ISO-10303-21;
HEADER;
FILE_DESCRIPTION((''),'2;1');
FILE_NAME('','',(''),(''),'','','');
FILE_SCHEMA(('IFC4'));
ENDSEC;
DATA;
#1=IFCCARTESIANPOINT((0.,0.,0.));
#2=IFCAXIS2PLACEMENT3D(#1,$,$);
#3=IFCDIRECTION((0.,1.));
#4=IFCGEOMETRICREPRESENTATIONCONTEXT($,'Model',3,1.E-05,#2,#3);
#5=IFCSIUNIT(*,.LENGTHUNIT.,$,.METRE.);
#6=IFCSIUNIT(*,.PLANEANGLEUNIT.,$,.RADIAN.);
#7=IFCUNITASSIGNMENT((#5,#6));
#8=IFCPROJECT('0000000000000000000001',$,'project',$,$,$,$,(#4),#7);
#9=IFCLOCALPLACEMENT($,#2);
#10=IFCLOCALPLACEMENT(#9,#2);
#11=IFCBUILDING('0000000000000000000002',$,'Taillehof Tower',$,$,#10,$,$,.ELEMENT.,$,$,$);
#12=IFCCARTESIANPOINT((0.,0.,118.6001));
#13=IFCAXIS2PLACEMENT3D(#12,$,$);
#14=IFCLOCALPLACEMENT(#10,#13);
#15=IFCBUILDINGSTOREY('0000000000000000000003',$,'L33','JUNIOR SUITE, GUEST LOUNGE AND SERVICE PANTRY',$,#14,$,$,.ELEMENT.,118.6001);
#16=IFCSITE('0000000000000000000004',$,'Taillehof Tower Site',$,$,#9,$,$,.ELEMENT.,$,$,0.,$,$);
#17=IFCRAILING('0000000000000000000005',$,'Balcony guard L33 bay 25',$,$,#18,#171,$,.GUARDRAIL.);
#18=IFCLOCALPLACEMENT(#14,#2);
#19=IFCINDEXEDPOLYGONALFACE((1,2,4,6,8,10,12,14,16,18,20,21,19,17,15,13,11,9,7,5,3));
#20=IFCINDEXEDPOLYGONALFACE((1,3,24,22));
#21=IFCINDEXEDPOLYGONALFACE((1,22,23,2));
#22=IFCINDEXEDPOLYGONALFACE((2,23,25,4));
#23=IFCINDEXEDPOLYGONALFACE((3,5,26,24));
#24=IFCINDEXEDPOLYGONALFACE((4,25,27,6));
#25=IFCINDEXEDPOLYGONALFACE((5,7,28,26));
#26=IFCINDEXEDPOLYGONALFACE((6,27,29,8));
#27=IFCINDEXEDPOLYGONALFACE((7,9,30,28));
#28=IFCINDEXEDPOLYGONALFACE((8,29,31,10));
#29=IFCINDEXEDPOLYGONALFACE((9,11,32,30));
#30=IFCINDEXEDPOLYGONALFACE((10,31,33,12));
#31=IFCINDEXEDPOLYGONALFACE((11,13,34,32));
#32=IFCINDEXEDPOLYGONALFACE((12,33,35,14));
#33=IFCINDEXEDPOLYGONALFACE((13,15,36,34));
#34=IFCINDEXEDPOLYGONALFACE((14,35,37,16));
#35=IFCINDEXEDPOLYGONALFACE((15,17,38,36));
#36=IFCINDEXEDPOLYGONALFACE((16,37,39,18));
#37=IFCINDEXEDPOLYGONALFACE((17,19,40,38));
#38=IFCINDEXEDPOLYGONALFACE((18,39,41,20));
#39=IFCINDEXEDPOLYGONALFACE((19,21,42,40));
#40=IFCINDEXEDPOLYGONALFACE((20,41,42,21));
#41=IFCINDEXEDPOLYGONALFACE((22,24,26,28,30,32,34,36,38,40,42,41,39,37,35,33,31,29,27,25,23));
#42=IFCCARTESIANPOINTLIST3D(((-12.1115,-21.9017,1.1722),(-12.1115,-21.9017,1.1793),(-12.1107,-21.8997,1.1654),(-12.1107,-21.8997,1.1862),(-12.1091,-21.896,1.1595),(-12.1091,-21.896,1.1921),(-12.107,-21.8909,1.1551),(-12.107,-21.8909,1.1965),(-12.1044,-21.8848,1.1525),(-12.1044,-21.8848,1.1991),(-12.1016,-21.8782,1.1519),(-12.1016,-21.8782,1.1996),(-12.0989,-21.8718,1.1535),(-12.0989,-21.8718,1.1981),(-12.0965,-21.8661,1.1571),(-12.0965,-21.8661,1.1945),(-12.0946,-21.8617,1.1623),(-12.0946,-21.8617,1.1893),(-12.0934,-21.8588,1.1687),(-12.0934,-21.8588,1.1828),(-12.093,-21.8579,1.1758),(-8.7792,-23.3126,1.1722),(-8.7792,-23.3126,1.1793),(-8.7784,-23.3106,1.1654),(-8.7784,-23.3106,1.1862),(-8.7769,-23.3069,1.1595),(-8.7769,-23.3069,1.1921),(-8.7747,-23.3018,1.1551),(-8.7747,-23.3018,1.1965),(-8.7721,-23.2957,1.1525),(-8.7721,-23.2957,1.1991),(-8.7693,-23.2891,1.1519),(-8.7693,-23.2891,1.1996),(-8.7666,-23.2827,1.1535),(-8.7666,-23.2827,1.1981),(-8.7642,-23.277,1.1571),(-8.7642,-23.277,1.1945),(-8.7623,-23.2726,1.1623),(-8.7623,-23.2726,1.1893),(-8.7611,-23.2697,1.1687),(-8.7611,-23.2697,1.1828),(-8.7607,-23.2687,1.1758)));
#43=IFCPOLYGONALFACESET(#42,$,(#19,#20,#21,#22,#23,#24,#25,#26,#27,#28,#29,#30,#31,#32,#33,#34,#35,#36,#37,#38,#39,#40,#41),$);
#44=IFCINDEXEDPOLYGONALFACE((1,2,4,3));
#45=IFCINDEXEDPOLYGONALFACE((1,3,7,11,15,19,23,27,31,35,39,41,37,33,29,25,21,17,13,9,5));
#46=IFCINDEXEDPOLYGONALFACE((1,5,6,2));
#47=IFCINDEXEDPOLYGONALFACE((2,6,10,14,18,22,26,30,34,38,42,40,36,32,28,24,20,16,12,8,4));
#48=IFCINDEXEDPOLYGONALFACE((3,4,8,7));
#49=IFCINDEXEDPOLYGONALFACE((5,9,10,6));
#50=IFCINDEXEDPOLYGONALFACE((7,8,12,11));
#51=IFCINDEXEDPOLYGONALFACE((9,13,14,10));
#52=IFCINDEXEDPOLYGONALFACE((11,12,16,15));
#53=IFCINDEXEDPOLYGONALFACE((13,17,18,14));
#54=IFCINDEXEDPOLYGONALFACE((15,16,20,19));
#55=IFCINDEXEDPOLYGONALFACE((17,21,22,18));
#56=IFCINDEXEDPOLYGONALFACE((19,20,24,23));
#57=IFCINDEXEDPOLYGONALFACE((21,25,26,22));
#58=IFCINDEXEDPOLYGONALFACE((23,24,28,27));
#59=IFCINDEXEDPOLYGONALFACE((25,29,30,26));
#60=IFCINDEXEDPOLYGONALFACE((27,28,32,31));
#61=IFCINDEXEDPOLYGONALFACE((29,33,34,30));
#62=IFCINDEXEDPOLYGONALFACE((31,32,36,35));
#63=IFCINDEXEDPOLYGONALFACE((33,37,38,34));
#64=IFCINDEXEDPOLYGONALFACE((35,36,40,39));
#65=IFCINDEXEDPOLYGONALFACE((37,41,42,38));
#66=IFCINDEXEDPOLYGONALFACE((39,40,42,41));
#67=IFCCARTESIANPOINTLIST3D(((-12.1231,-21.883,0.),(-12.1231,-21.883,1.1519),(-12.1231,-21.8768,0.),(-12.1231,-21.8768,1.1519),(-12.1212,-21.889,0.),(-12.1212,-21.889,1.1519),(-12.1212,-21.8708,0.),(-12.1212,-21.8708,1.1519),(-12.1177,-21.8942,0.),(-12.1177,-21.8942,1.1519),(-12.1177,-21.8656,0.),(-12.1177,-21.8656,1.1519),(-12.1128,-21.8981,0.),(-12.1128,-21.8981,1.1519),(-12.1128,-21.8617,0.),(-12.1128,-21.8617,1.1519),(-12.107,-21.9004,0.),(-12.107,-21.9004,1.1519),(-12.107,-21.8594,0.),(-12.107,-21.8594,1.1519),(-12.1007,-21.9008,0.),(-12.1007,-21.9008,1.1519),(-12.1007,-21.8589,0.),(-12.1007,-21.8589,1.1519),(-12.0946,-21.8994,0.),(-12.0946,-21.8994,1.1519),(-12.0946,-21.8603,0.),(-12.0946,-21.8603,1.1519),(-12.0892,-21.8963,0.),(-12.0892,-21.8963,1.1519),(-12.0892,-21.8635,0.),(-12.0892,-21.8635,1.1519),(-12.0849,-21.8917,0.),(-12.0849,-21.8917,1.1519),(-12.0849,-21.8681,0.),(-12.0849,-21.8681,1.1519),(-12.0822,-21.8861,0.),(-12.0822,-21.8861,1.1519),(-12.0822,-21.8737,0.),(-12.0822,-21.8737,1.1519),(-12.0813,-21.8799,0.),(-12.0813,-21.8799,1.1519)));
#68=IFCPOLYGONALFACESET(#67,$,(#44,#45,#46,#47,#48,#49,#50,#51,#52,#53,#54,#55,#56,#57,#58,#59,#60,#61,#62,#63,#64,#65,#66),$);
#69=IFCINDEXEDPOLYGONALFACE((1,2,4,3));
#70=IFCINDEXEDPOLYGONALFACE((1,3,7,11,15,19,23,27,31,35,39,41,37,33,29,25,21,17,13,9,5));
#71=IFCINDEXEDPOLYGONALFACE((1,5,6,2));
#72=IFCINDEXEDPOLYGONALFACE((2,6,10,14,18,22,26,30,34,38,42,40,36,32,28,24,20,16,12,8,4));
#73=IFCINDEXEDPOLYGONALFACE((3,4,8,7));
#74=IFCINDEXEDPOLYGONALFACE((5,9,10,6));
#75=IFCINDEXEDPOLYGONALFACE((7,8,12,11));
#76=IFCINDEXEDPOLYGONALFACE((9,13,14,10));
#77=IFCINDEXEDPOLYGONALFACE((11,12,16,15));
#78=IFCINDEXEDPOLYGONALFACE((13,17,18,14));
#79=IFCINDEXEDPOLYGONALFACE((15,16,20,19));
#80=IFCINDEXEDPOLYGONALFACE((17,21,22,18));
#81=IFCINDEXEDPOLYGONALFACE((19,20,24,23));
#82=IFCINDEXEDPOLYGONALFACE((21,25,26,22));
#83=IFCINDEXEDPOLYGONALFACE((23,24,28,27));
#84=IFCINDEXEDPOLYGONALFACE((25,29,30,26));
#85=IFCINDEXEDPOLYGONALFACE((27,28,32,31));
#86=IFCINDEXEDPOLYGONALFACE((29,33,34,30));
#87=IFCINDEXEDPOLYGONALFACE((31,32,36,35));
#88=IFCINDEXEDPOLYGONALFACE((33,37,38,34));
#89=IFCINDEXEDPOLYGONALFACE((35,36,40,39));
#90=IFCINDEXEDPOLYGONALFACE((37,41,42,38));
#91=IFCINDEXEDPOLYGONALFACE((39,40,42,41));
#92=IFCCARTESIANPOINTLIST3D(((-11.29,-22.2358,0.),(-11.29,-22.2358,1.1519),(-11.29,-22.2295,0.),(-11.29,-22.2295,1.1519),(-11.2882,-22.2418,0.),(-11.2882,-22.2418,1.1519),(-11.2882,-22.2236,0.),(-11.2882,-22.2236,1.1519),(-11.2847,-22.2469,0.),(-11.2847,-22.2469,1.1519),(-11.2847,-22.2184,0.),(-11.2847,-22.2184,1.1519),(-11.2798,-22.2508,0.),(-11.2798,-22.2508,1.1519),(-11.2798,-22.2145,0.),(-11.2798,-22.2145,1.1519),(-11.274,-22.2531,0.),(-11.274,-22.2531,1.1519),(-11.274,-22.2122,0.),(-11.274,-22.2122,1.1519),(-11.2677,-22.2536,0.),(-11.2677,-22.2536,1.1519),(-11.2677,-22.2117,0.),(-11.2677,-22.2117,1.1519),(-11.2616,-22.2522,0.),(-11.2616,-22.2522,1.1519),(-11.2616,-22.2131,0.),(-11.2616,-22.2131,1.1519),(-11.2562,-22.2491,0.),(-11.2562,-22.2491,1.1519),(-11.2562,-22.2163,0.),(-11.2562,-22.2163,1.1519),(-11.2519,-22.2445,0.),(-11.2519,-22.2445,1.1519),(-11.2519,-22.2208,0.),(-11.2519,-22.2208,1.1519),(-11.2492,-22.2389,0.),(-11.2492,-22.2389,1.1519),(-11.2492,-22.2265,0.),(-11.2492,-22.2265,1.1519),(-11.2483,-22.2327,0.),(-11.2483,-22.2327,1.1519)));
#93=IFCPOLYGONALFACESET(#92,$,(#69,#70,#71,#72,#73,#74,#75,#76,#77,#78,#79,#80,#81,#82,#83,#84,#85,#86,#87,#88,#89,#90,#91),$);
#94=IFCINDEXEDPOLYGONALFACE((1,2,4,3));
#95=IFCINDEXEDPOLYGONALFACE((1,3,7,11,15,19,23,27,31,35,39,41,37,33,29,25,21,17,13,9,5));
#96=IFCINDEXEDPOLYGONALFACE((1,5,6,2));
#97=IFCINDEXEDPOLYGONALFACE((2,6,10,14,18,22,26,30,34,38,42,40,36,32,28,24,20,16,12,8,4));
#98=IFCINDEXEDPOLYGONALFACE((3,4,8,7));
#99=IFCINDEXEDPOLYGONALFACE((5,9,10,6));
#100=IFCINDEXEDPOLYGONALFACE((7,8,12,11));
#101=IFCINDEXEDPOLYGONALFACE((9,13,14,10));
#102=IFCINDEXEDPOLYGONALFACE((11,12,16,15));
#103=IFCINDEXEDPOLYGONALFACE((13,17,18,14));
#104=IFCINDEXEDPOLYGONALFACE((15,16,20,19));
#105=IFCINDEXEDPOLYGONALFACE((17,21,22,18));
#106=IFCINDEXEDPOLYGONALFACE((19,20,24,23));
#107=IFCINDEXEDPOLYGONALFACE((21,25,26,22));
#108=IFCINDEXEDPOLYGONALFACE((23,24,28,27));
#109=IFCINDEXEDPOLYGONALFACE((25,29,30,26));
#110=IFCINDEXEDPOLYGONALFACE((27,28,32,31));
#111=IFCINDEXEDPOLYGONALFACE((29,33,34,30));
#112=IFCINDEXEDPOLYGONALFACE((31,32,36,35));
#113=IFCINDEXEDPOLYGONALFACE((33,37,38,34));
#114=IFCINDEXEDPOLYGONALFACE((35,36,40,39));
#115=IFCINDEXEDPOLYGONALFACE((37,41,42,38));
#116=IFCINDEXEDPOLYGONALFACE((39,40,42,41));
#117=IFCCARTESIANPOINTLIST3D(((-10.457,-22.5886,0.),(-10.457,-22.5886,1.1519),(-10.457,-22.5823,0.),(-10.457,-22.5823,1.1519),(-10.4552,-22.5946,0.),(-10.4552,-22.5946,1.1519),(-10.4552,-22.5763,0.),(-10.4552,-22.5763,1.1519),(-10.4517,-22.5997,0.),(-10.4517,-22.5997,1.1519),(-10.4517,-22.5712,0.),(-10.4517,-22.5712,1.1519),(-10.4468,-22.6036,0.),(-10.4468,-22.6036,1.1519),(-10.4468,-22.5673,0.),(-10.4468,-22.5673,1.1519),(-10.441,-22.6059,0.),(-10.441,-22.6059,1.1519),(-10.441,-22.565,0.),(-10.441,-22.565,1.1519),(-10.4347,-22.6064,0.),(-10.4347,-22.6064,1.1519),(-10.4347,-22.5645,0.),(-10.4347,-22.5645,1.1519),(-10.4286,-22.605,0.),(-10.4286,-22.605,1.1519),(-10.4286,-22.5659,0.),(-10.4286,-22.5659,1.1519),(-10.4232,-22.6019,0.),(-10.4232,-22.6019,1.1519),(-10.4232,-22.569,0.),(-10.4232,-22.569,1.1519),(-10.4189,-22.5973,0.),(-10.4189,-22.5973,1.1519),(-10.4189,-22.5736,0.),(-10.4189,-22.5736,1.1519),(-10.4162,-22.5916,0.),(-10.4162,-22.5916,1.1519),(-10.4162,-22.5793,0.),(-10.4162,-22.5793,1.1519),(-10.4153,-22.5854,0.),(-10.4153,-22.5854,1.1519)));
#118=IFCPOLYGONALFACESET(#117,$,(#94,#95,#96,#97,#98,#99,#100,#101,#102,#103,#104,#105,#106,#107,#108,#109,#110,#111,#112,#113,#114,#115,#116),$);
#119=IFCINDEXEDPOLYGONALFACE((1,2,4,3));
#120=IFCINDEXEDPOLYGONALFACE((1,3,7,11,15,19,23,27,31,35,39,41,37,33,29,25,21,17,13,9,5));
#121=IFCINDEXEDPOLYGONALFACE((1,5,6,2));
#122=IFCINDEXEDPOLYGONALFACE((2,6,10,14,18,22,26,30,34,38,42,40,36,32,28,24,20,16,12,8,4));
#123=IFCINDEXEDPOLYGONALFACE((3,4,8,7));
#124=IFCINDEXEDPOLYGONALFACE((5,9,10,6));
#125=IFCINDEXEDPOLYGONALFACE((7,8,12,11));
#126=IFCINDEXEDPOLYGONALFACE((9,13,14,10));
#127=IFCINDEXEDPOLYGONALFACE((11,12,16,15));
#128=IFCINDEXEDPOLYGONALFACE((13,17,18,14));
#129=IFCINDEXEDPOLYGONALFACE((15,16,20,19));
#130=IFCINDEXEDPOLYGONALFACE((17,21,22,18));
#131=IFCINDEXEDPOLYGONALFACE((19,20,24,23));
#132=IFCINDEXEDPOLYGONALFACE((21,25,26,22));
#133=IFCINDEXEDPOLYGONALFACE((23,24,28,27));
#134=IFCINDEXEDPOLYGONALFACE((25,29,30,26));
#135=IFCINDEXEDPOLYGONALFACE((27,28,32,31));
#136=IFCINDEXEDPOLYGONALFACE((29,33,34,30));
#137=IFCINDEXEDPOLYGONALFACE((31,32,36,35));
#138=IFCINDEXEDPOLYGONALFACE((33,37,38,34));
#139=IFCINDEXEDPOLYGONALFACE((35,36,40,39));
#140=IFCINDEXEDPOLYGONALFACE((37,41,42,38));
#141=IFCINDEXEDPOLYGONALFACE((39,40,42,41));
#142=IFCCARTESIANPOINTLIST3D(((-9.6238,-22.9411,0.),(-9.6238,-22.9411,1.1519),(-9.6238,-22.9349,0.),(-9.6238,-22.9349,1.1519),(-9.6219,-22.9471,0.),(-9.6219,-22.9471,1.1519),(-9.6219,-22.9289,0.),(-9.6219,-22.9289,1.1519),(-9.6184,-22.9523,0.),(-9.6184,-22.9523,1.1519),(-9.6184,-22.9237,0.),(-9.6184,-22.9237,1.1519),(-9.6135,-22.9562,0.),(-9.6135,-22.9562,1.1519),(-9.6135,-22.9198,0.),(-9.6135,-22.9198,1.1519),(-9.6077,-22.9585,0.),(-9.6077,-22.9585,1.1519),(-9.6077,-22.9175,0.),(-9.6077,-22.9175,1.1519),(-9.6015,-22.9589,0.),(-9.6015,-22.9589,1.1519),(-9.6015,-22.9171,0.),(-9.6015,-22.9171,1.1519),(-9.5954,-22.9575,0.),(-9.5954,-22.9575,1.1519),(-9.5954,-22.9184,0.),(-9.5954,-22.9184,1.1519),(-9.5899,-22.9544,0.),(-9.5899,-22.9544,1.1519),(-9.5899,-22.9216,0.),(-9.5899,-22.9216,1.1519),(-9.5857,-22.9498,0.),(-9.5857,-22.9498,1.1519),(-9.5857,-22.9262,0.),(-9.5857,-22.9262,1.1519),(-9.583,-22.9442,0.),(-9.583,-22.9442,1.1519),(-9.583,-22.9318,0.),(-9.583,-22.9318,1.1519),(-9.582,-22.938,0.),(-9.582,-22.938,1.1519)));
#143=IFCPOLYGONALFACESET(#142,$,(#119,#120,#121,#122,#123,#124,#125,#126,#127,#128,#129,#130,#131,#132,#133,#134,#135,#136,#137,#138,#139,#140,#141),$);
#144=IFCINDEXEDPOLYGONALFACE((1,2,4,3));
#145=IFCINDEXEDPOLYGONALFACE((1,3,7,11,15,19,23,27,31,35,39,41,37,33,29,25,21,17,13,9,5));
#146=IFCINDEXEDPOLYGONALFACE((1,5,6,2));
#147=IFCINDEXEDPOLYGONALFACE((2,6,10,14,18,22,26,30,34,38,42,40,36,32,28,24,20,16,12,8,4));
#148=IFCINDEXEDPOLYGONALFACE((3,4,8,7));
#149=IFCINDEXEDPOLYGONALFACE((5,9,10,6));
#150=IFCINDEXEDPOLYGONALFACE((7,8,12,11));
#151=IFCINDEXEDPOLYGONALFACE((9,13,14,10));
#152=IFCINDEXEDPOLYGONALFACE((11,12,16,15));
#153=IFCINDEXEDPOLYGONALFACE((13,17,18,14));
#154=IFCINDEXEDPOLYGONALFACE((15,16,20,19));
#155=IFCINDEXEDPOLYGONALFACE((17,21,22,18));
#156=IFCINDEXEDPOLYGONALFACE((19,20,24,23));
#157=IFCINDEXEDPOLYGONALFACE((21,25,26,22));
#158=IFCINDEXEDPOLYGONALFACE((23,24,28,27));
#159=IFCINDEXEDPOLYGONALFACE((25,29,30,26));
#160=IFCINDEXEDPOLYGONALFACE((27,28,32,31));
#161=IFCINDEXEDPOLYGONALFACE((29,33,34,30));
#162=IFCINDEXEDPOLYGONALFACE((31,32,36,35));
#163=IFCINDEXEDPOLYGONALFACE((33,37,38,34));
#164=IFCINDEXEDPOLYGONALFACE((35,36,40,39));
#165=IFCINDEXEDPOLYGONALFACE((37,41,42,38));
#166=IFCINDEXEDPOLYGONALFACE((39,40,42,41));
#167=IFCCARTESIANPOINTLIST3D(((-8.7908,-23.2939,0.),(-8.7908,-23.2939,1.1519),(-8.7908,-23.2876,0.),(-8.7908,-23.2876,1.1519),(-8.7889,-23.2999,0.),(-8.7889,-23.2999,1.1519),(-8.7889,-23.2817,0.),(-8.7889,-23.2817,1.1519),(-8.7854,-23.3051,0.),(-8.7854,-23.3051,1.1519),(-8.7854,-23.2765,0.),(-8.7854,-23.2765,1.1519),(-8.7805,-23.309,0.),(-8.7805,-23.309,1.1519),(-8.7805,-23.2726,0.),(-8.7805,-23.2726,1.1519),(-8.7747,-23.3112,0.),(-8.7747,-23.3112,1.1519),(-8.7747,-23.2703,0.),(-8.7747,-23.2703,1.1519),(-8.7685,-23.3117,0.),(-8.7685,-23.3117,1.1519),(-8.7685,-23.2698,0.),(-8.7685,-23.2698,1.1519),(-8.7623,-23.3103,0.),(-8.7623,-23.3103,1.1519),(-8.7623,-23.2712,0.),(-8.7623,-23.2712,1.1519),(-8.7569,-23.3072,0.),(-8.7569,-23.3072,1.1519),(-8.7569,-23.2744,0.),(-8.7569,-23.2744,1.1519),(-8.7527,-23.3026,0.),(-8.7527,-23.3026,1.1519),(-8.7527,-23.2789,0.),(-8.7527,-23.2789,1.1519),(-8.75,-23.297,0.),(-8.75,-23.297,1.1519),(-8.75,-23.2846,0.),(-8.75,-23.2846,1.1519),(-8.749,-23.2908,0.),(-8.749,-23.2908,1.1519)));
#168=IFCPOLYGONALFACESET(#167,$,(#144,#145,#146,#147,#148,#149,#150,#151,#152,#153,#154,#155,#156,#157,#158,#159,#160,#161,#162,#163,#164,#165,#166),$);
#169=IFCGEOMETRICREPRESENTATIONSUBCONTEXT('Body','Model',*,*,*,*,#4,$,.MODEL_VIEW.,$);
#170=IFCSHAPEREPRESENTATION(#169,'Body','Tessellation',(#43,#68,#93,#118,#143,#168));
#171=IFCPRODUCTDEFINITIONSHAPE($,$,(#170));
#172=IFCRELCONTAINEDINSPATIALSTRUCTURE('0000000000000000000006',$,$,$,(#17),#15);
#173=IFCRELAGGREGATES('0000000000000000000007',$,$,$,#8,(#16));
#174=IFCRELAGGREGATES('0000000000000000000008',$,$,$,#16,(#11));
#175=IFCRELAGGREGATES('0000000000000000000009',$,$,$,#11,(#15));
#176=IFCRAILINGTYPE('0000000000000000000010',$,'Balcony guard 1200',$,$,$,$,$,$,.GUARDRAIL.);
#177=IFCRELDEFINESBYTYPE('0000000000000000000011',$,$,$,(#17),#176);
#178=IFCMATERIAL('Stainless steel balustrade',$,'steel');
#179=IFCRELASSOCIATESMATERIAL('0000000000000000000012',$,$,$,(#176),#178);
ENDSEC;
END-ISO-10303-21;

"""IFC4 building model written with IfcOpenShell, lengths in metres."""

from ifc_helpers import new_model, si_unit, direction, frame, origin, origin_2d, place, context, subcontext, project, spatial, circle, extrude, material, type_object, element, save


model = new_model("IFC4")

# Units and contexts
model_context = context("Model", 3, precision=1e-05, world=origin(), true_north=direction((0.0, 1.0)))
body_context = subcontext(model_context, "Body", "Model", "MODEL_VIEW")
ifc_project = project(units=[si_unit("LENGTHUNIT", "METRE"), si_unit("PLANEANGLEUNIT", "RADIAN")], contexts=[model_context])

# Site, building, storey
site_placement = place(None, origin())
site = spatial("IfcSite", under=ifc_project, at=site_placement, Name="Taillehof Tower Site", CompositionType="ELEMENT", RefElevation=0.0)
building_placement = place(site_placement, origin())
building = spatial("IfcBuilding", under=site, at=building_placement, Name="Taillehof Tower", CompositionType="ELEMENT")
storey_placement = place(building_placement, frame((0.0, 0.0, 118.6001)))
storey = spatial("IfcBuildingStorey", under=building, at=storey_placement, Name="L33", Description="JUNIOR SUITE, GUEST LOUNGE AND SERVICE PANTRY", CompositionType="ELEMENT", Elevation=118.6001)

# Railing
ifc_material_1 = material(Name="Stainless steel balustrade", Category="steel")
railing_type = type_object("IfcRailingType", Name="Balcony guard 1200", PredefinedType="GUARDRAIL", material=ifc_material_1)
railing_1_placement = place(storey_placement, frame((-12.1023, -21.8799, 0.0)))
element("IfcRailing", 1, at=railing_1_placement, inside=storey, type_object=railing_type, Name="Balcony guard L33 bay 25", PredefinedType="GUARDRAIL", context=body_context, shape_type="SweptSolid", body=[
    extrude(circle(Radius=0.0239, at=origin_2d()), frame((0.0, 0.0, 1.1758), z_axis=(0.92086, -0.389893, 0.0), x_axis=(0.389893, 0.92086, 0.0)), (0.0, 0.0, 1.0), 3.6187),
    extrude(circle(Radius=0.021, at=origin_2d()), origin(), (0.0, 0.0, 1.0), 1.1519),
    extrude(circle(Radius=0.021, at=origin_2d()), frame((0.833, -0.3528, 0.0)), (0.0, 0.0, 1.0), 1.1519),
    extrude(circle(Radius=0.021, at=origin_2d()), frame((1.666, -0.7056, 0.0)), (0.0, 0.0, 1.0), 1.1519),
    extrude(circle(Radius=0.021, at=origin_2d()), frame((2.4993, -1.0581, 0.0)), (0.0, 0.0, 1.0), 1.1519),
    extrude(circle(Radius=0.021, at=origin_2d()), frame((3.3323, -1.4109, 0.0)), (0.0, 0.0, 1.0), 1.1519),
])

save(model, "model.ifc")
